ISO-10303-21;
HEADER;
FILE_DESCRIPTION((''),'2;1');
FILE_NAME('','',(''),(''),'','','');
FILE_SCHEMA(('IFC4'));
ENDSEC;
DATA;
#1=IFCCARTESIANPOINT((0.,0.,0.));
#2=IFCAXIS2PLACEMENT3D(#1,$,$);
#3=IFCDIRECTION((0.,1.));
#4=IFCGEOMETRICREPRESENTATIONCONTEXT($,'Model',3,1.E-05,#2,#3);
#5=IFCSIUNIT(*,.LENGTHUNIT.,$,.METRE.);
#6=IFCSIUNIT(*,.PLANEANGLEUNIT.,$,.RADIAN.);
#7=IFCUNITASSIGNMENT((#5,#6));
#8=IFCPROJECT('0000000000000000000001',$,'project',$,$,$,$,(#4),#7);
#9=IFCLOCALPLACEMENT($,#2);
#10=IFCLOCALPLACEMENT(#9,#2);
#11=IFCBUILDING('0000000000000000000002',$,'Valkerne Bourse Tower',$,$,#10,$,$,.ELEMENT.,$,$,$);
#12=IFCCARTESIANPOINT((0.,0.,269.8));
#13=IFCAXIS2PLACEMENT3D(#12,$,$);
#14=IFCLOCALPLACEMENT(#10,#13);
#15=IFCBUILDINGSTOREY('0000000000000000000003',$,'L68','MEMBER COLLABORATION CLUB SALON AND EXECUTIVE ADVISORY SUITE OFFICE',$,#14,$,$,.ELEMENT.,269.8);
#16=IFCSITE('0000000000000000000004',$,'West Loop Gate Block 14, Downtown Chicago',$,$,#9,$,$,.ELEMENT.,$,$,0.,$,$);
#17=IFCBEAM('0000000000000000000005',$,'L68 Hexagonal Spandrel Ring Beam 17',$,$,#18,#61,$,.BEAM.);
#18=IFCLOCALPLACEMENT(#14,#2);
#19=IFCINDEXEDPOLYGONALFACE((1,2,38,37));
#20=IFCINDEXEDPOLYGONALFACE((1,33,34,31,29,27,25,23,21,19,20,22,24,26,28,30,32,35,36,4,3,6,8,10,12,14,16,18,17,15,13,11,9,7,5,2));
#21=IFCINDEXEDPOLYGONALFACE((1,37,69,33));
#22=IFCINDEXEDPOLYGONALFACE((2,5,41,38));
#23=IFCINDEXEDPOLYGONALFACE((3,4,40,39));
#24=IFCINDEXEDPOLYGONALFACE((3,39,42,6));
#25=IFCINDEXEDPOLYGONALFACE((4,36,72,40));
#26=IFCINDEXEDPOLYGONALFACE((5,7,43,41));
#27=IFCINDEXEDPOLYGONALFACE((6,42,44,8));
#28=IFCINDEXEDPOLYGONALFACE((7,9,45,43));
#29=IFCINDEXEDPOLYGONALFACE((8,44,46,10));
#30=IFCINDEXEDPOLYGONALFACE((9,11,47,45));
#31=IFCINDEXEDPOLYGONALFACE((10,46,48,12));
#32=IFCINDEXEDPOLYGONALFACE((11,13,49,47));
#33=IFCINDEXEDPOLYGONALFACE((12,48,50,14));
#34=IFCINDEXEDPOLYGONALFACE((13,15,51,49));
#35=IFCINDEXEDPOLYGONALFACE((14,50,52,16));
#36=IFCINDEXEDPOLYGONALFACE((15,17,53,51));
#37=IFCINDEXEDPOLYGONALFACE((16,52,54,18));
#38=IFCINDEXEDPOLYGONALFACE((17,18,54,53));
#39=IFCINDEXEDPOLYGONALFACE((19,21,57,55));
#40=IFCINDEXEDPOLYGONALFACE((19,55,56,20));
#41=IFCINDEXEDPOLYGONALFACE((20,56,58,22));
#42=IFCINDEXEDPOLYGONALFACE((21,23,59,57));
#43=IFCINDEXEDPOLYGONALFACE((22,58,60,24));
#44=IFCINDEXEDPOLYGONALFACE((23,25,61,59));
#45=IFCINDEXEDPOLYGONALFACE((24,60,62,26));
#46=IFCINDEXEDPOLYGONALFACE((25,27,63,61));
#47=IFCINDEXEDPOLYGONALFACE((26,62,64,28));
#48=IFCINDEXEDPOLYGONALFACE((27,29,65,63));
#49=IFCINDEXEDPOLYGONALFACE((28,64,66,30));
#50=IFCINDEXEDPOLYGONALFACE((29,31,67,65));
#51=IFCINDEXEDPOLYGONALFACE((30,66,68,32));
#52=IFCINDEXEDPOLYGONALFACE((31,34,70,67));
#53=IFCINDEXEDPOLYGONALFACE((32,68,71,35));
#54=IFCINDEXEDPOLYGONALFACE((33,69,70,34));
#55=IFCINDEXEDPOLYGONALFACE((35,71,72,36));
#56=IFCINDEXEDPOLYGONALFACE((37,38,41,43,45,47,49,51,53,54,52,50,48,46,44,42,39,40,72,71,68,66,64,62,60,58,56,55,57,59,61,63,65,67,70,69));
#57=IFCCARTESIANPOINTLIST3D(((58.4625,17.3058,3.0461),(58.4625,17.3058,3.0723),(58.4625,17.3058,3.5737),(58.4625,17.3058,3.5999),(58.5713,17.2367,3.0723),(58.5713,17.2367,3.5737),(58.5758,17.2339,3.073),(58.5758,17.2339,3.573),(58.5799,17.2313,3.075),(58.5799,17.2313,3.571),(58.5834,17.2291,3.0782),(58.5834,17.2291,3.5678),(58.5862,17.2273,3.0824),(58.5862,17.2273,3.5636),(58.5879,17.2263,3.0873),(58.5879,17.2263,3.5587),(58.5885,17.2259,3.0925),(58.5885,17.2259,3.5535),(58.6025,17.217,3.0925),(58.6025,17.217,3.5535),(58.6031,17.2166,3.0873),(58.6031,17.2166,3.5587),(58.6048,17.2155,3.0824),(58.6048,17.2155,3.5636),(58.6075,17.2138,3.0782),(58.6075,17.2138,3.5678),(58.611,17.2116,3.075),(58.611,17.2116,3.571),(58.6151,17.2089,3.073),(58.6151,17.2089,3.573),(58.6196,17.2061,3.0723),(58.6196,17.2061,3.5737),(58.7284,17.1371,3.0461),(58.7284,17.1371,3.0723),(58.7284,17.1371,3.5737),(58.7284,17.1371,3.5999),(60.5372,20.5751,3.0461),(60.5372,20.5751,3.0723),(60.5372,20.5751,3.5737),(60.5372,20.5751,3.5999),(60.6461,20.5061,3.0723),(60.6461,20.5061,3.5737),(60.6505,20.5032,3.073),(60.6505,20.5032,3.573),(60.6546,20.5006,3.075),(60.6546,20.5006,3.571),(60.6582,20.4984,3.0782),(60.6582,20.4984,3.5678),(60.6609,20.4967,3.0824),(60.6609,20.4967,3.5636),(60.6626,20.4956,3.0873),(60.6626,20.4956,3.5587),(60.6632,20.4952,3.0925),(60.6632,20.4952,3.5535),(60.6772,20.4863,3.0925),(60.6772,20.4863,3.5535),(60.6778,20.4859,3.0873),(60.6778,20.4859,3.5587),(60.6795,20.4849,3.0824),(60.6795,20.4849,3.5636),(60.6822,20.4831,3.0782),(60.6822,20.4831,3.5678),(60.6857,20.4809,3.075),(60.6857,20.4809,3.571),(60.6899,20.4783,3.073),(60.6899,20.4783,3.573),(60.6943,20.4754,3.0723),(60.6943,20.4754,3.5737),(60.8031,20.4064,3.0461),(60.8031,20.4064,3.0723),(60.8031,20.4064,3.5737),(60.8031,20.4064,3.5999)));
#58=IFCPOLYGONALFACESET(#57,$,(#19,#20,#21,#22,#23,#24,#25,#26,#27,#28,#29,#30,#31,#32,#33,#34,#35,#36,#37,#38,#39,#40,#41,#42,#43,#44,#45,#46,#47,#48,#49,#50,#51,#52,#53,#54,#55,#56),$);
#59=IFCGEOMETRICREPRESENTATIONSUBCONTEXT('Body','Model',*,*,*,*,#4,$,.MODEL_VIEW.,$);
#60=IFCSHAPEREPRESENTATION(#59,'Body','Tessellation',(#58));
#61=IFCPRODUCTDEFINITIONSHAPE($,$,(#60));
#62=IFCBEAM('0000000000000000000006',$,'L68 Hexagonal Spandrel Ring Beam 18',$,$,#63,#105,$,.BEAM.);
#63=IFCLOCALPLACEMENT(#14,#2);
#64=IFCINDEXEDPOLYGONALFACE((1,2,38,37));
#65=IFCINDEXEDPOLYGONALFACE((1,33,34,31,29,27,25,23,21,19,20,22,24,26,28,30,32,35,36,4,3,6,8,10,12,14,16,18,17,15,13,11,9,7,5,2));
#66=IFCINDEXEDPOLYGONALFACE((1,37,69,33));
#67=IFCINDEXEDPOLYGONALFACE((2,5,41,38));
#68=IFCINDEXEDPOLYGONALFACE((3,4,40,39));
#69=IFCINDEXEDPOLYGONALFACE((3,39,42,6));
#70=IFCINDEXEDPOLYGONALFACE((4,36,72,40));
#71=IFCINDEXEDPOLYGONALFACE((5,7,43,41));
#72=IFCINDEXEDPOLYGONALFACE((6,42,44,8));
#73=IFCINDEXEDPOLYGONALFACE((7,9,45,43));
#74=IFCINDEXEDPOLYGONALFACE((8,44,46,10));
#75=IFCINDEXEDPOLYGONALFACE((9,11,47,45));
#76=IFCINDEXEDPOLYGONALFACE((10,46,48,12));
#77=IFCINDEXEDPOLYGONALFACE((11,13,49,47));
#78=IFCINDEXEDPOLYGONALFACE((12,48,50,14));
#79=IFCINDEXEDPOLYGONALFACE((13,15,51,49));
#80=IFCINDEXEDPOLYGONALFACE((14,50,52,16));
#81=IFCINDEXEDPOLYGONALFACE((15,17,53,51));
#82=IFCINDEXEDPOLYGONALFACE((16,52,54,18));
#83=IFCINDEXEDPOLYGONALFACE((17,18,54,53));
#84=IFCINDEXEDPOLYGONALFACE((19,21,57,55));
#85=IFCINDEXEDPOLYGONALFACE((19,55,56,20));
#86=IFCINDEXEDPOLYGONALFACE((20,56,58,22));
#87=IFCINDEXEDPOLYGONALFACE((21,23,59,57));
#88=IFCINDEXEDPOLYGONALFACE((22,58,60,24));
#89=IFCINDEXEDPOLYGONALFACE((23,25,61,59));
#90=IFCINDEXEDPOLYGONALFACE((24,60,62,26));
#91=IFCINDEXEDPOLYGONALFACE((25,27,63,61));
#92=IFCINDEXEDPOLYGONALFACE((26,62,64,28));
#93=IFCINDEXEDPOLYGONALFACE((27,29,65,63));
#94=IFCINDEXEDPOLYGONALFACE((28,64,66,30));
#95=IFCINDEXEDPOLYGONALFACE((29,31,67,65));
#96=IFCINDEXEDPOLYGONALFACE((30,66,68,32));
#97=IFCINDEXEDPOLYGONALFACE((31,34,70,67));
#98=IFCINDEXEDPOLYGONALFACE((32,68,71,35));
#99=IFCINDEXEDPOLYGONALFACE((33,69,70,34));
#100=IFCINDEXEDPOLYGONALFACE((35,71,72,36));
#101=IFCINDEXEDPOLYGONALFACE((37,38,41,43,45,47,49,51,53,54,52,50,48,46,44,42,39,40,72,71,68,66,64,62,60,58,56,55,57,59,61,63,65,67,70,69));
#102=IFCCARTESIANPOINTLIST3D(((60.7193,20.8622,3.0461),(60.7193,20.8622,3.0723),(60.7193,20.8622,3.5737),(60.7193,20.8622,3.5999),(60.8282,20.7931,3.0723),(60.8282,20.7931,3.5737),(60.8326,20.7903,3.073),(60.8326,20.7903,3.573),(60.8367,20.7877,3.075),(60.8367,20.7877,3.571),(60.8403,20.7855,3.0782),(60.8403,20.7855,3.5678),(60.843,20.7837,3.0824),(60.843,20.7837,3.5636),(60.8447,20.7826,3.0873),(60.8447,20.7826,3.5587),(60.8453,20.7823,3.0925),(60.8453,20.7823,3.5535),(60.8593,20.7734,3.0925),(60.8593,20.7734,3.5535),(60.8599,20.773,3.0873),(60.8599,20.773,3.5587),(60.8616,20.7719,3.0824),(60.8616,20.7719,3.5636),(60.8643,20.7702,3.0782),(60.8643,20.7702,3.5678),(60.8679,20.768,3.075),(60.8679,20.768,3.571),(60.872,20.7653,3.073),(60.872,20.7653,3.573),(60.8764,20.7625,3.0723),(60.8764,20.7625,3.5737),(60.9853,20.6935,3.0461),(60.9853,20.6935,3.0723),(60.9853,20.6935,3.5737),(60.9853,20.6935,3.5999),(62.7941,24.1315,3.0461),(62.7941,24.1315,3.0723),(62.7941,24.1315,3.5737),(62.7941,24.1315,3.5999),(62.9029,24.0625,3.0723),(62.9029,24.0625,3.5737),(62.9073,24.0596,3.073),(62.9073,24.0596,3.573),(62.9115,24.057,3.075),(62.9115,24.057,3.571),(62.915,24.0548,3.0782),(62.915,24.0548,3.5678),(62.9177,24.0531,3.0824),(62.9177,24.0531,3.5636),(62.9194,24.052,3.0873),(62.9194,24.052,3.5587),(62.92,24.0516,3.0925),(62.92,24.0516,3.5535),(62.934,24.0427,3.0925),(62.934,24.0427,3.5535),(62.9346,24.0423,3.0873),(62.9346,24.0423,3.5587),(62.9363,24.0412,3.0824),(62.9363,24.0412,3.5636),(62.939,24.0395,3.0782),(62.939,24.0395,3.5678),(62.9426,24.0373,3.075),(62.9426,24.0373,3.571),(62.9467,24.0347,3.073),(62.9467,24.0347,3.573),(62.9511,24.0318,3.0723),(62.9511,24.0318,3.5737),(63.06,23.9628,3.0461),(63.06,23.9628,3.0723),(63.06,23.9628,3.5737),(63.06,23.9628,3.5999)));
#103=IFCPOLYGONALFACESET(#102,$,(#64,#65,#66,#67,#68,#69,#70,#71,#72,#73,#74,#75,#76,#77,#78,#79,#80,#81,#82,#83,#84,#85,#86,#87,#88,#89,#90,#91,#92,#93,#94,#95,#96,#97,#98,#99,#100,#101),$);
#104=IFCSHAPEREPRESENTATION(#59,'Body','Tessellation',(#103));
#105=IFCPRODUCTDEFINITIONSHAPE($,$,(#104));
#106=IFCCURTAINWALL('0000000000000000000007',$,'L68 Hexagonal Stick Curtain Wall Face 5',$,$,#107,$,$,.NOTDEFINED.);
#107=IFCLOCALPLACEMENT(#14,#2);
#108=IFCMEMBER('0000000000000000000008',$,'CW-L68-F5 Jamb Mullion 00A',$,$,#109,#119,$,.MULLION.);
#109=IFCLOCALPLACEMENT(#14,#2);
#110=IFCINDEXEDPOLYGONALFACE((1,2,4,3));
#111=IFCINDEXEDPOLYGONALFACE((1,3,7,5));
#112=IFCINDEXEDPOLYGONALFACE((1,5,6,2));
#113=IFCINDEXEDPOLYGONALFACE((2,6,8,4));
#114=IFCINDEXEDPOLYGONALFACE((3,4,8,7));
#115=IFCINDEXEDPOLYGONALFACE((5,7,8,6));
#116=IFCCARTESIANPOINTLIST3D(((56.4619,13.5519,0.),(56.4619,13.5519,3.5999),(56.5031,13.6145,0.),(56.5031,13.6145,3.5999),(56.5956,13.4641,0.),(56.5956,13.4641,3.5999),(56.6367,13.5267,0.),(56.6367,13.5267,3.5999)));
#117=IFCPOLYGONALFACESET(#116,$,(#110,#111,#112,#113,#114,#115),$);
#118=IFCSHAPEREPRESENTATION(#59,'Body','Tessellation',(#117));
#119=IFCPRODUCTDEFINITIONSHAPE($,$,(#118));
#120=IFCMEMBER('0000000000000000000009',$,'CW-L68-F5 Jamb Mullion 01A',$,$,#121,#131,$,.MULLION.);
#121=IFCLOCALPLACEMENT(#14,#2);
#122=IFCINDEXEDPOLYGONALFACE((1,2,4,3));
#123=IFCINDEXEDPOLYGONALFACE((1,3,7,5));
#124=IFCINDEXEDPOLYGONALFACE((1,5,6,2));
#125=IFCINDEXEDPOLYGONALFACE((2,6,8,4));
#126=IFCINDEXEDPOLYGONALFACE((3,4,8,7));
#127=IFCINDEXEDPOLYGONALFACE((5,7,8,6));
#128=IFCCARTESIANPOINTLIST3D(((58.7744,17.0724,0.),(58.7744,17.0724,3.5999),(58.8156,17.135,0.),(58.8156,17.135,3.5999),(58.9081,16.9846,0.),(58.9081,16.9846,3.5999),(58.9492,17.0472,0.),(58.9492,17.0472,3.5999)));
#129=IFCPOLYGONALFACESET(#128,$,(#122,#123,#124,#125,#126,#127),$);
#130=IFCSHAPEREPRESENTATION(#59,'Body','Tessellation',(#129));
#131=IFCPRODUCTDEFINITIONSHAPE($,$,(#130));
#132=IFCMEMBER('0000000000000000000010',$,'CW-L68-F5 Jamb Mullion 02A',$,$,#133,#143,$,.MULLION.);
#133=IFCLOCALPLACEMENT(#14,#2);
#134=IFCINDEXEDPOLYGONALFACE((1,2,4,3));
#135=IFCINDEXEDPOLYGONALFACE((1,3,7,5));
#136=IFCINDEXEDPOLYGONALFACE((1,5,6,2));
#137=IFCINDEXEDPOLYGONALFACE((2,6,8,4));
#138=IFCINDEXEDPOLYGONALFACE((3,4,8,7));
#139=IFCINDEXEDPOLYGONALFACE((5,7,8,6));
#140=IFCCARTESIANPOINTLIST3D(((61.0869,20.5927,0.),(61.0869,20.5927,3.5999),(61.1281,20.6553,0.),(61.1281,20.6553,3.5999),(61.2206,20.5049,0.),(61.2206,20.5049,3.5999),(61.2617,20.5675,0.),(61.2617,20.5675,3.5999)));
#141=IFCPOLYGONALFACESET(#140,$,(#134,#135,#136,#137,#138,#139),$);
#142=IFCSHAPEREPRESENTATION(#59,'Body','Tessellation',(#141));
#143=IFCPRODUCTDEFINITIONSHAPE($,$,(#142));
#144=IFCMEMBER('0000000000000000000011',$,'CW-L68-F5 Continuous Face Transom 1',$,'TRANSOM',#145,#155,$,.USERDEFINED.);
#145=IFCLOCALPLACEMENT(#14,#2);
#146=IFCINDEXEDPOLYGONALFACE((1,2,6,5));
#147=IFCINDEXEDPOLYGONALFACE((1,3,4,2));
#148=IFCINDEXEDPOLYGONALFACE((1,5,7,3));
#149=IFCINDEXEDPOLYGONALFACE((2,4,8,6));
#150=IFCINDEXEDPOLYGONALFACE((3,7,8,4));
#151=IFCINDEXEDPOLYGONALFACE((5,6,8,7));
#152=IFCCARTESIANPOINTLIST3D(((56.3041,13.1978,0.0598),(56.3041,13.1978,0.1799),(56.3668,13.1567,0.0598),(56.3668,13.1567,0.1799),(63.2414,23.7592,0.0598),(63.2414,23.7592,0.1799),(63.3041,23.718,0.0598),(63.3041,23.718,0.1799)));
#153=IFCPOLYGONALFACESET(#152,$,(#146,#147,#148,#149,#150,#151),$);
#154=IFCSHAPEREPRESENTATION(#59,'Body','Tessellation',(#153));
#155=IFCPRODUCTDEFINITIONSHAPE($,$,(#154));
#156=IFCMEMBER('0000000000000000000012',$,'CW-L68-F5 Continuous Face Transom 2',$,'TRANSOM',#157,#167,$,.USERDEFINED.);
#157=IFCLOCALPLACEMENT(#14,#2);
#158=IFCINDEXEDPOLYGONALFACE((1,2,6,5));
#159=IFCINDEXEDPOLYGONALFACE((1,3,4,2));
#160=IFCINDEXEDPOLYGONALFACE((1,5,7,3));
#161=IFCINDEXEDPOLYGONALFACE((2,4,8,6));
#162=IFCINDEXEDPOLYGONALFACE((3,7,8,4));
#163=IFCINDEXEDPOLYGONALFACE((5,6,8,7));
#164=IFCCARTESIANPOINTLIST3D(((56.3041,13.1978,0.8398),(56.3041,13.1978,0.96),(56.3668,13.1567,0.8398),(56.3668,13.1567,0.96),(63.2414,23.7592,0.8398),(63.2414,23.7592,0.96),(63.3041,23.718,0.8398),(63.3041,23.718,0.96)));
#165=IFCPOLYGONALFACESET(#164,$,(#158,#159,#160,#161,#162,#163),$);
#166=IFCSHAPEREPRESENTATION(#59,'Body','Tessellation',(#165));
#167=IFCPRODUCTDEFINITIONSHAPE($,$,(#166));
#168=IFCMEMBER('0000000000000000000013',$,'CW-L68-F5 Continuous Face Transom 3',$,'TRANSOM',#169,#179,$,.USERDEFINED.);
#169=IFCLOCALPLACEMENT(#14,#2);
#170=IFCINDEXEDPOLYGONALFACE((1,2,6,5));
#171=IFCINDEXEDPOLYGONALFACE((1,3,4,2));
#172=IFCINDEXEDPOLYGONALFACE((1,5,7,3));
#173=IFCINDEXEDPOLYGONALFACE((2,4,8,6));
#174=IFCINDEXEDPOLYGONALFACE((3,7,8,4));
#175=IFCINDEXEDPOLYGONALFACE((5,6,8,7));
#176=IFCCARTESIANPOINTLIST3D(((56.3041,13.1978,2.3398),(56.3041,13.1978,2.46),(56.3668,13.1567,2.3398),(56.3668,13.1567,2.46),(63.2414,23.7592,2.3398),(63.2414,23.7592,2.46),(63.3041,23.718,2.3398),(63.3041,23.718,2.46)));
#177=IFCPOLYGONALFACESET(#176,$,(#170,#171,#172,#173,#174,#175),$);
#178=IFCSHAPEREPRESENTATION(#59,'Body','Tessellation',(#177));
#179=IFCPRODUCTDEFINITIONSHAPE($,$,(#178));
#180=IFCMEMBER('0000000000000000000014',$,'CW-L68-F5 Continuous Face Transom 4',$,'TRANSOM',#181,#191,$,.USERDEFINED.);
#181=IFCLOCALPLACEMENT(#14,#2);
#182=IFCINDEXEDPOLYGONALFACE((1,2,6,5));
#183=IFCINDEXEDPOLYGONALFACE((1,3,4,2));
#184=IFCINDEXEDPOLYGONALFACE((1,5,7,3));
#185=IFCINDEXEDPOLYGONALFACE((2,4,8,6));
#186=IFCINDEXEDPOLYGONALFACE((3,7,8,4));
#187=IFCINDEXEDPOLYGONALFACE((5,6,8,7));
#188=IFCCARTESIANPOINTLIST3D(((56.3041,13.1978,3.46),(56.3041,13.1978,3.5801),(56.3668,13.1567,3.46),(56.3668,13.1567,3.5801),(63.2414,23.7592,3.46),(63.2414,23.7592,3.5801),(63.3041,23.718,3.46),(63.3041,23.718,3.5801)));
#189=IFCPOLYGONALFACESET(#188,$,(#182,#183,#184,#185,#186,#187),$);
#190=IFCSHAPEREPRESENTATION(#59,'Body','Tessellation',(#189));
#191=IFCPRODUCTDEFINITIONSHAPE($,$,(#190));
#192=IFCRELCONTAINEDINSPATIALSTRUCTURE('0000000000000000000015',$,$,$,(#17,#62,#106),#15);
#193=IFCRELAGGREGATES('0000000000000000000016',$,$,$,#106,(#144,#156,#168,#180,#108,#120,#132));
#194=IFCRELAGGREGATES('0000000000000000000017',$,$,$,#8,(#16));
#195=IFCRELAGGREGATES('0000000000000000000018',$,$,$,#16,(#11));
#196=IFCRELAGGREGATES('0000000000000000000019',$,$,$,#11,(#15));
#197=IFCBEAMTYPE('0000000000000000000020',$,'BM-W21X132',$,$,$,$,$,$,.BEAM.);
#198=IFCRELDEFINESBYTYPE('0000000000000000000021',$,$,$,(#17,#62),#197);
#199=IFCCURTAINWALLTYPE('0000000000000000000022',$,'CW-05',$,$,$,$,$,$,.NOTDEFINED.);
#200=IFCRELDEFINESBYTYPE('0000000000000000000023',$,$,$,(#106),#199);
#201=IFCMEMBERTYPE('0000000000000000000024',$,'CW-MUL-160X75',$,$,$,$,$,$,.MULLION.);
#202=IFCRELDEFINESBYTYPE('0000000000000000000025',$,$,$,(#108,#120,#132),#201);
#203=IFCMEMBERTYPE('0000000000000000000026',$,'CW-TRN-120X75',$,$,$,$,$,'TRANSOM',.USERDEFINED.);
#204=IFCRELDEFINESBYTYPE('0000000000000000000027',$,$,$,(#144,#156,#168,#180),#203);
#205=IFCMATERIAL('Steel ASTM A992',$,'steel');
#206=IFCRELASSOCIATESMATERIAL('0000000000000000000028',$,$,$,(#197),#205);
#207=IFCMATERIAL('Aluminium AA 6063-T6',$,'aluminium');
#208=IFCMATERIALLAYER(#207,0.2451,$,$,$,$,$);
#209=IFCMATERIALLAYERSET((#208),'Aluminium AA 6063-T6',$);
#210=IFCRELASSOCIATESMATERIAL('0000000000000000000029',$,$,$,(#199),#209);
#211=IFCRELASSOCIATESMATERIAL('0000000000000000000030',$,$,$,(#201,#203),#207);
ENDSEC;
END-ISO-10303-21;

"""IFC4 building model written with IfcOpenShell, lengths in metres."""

from ifc_helpers import new_model, si_unit, direction, frame, origin, origin_2d, place, context, subcontext, project, spatial, rectangle, i_section, extrude, material, layer, layer_set, material_profile, profile_set, type_object, element, aggregate, save


model = new_model("IFC4")

# Units and contexts
model_context = context("Model", 3, precision=1e-05, world=origin(), true_north=direction((0.0, 1.0)))
body_context = subcontext(model_context, "Body", "Model", "MODEL_VIEW")
ifc_project = project(units=[si_unit("LENGTHUNIT", "METRE"), si_unit("PLANEANGLEUNIT", "RADIAN")], contexts=[model_context])

# Site, building, storey
site_placement = place(None, origin())
site = spatial("IfcSite", under=ifc_project, at=site_placement, Name="West Loop Gate Block 14, Downtown Chicago", CompositionType="ELEMENT", RefElevation=0.0)
building_placement = place(site_placement, origin())
building = spatial("IfcBuilding", under=site, at=building_placement, Name="Valkerne Bourse Tower", CompositionType="ELEMENT")
storey_placement = place(building_placement, frame((0.0, 0.0, 269.8)))
storey = spatial("IfcBuildingStorey", under=building, at=storey_placement, Name="L68", Description="MEMBER COLLABORATION CLUB SALON AND EXECUTIVE ADVISORY SUITE OFFICE", CompositionType="ELEMENT", Elevation=269.8)

# Beams
ifc_material_1 = material(Name="Steel ASTM A992", Category="steel")
ifc_material_profile_1 = material_profile(ifc_material_1, i_section(OverallWidth=0.3149, OverallDepth=0.5537, WebThickness=0.0166, FlangeThickness=0.0261, FilletRadius=0.0203, at=origin_2d()), Name="W21X132")
ifc_profile_set_1 = profile_set([ifc_material_profile_1], Name="Steel ASTM A992")
beam_type = type_object("IfcBeamType", Name="BM-W21X132", PredefinedType="BEAM", material=ifc_profile_set_1)
for number, where, z_axis, x_axis, name in (
    (1, (58.5955, 17.2214, 3.323), (0.535818, 0.844333, 0.0), (-0.844333, 0.535818, 0.0), "L68 Hexagonal Spandrel Ring Beam 17"),
    (2, (60.8523, 20.7778, 3.323), (0.535818, 0.844333, 0.0), (-0.844333, 0.535818, 0.0), "L68 Hexagonal Spandrel Ring Beam 18"),
):
    element("IfcBeam", number, at=place(storey_placement, frame(where, z_axis=z_axis, x_axis=x_axis)), inside=storey, type_object=beam_type, Name=name, PredefinedType="BEAM", context=body_context, shape_type="SweptSolid", body=[
        extrude(i_section(OverallWidth=0.3149, OverallDepth=0.5537, WebThickness=0.0166, FlangeThickness=0.0261, FilletRadius=0.0203, at=origin_2d()), origin(), (0.0, 0.0, 1.0), 3.8721),
    ])

# Curtain wall, members
ifc_material_2 = material(Name="Aluminium AA 6063-T6", Category="aluminium")
ifc_layer_1 = layer(ifc_material_2, 0.2451)
ifc_layer_set_1 = layer_set([ifc_layer_1], Name="Aluminium AA 6063-T6")
curtain_wall_type = type_object("IfcCurtainWallType", Name="CW-05", PredefinedType="NOTDEFINED", material=ifc_layer_set_1)
curtain_wall_placement = place(storey_placement, origin())
curtain_wall = element("IfcCurtainWall", 3, at=curtain_wall_placement, inside=storey, type_object=curtain_wall_type, Name="L68 Hexagonal Stick Curtain Wall Face 5", PredefinedType="NOTDEFINED")
ifc_material_profile_2 = material_profile(ifc_material_2, rectangle(XDim=0.075, YDim=0.1599, at=origin_2d()), Name="CWM-75X160")
ifc_profile_set_2 = profile_set([ifc_material_profile_2], Name="Aluminium AA 6063-T6")
member_type_1 = type_object("IfcMemberType", Name="CW-MUL-160X75", PredefinedType="MULLION", material=ifc_profile_set_2)
member_1_placement = place(storey_placement, frame((56.5493, 13.5393, 0.0), z_axis=(0.0, 0.0, 1.0), x_axis=(0.549028, 0.835804, 0.0)))
member_1 = element("IfcMember", 4, at=member_1_placement, type_object=member_type_1, Name="CW-L68-F5 Jamb Mullion 00A", PredefinedType="MULLION", context=body_context, shape_type="SweptSolid", body=[
    extrude(rectangle(XDim=0.075, YDim=0.1599, at=origin_2d()), origin(), (0.0, 0.0, 1.0), 3.5999),
])
member_2_placement = place(storey_placement, frame((58.8618, 17.0598, 0.0), z_axis=(0.0, 0.0, 1.0), x_axis=(0.549017, 0.835811, 0.0)))
member_2 = element("IfcMember", 5, at=member_2_placement, type_object=member_type_1, Name="CW-L68-F5 Jamb Mullion 01A", PredefinedType="MULLION", context=body_context, shape_type="SweptSolid", body=[
    extrude(rectangle(XDim=0.075, YDim=0.1599, at=origin_2d()), origin(), (0.0, 0.0, 1.0), 3.5999),
])
member_3_placement = place(storey_placement, frame((61.1743, 20.5801, 0.0), z_axis=(0.0, 0.0, 1.0), x_axis=(0.549011, 0.835815, 0.0)))
member_3 = element("IfcMember", 6, at=member_3_placement, type_object=member_type_1, Name="CW-L68-F5 Jamb Mullion 02A", PredefinedType="MULLION", context=body_context, shape_type="SweptSolid", body=[
    extrude(rectangle(XDim=0.075, YDim=0.1599, at=origin_2d()), origin(), (0.0, 0.0, 1.0), 3.5999),
])
ifc_material_profile_3 = material_profile(ifc_material_2, rectangle(XDim=0.075, YDim=0.1201, at=origin_2d()), Name="CWT-75X120")
ifc_profile_set_3 = profile_set([ifc_material_profile_3], Name="Aluminium AA 6063-T6")
member_type_2 = type_object("IfcMemberType", Name="CW-TRN-120X75", ElementType="TRANSOM", PredefinedType="USERDEFINED", material=ifc_profile_set_3)
member_4_placement = place(storey_placement, frame((56.3354, 13.1772, 0.1199), z_axis=(0.549011, 0.835815, 0.0), x_axis=(-0.835815, 0.549011, 0.0)))
member_4 = element("IfcMember", 7, at=member_4_placement, type_object=member_type_2, Name="CW-L68-F5 Continuous Face Transom 1", ObjectType="TRANSOM", PredefinedType="USERDEFINED", context=body_context, shape_type="SweptSolid", body=[
    extrude(rectangle(XDim=0.075, YDim=0.1201, at=origin_2d()), origin(), (0.0, 0.0, 1.0), 12.636),
])
member_5_placement = place(storey_placement, frame((56.3354, 13.1772, 0.8999), z_axis=(0.549011, 0.835815, 0.0), x_axis=(-0.835815, 0.549011, 0.0)))
member_5 = element("IfcMember", 8, at=member_5_placement, type_object=member_type_2, Name="CW-L68-F5 Continuous Face Transom 2", ObjectType="TRANSOM", PredefinedType="USERDEFINED", context=body_context, shape_type="SweptSolid", body=[
    extrude(rectangle(XDim=0.075, YDim=0.1201, at=origin_2d()), origin(), (0.0, 0.0, 1.0), 12.636),
])
member_6_placement = place(storey_placement, frame((56.3354, 13.1772, 2.3999), z_axis=(0.549011, 0.835815, 0.0), x_axis=(-0.835815, 0.549011, 0.0)))
member_6 = element("IfcMember", 9, at=member_6_placement, type_object=member_type_2, Name="CW-L68-F5 Continuous Face Transom 3", ObjectType="TRANSOM", PredefinedType="USERDEFINED", context=body_context, shape_type="SweptSolid", body=[
    extrude(rectangle(XDim=0.075, YDim=0.1201, at=origin_2d()), origin(), (0.0, 0.0, 1.0), 12.636),
])
member_7_placement = place(storey_placement, frame((56.3354, 13.1772, 3.52), z_axis=(0.549011, 0.835815, 0.0), x_axis=(-0.835815, 0.549011, 0.0)))
member_7 = element("IfcMember", 10, at=member_7_placement, type_object=member_type_2, Name="CW-L68-F5 Continuous Face Transom 4", ObjectType="TRANSOM", PredefinedType="USERDEFINED", context=body_context, shape_type="SweptSolid", body=[
    extrude(rectangle(XDim=0.075, YDim=0.1201, at=origin_2d()), origin(), (0.0, 0.0, 1.0), 12.636),
])

aggregate(curtain_wall, [member_4, member_5, member_6, member_7, member_1, member_2, member_3])

save(model, "model.ifc")
